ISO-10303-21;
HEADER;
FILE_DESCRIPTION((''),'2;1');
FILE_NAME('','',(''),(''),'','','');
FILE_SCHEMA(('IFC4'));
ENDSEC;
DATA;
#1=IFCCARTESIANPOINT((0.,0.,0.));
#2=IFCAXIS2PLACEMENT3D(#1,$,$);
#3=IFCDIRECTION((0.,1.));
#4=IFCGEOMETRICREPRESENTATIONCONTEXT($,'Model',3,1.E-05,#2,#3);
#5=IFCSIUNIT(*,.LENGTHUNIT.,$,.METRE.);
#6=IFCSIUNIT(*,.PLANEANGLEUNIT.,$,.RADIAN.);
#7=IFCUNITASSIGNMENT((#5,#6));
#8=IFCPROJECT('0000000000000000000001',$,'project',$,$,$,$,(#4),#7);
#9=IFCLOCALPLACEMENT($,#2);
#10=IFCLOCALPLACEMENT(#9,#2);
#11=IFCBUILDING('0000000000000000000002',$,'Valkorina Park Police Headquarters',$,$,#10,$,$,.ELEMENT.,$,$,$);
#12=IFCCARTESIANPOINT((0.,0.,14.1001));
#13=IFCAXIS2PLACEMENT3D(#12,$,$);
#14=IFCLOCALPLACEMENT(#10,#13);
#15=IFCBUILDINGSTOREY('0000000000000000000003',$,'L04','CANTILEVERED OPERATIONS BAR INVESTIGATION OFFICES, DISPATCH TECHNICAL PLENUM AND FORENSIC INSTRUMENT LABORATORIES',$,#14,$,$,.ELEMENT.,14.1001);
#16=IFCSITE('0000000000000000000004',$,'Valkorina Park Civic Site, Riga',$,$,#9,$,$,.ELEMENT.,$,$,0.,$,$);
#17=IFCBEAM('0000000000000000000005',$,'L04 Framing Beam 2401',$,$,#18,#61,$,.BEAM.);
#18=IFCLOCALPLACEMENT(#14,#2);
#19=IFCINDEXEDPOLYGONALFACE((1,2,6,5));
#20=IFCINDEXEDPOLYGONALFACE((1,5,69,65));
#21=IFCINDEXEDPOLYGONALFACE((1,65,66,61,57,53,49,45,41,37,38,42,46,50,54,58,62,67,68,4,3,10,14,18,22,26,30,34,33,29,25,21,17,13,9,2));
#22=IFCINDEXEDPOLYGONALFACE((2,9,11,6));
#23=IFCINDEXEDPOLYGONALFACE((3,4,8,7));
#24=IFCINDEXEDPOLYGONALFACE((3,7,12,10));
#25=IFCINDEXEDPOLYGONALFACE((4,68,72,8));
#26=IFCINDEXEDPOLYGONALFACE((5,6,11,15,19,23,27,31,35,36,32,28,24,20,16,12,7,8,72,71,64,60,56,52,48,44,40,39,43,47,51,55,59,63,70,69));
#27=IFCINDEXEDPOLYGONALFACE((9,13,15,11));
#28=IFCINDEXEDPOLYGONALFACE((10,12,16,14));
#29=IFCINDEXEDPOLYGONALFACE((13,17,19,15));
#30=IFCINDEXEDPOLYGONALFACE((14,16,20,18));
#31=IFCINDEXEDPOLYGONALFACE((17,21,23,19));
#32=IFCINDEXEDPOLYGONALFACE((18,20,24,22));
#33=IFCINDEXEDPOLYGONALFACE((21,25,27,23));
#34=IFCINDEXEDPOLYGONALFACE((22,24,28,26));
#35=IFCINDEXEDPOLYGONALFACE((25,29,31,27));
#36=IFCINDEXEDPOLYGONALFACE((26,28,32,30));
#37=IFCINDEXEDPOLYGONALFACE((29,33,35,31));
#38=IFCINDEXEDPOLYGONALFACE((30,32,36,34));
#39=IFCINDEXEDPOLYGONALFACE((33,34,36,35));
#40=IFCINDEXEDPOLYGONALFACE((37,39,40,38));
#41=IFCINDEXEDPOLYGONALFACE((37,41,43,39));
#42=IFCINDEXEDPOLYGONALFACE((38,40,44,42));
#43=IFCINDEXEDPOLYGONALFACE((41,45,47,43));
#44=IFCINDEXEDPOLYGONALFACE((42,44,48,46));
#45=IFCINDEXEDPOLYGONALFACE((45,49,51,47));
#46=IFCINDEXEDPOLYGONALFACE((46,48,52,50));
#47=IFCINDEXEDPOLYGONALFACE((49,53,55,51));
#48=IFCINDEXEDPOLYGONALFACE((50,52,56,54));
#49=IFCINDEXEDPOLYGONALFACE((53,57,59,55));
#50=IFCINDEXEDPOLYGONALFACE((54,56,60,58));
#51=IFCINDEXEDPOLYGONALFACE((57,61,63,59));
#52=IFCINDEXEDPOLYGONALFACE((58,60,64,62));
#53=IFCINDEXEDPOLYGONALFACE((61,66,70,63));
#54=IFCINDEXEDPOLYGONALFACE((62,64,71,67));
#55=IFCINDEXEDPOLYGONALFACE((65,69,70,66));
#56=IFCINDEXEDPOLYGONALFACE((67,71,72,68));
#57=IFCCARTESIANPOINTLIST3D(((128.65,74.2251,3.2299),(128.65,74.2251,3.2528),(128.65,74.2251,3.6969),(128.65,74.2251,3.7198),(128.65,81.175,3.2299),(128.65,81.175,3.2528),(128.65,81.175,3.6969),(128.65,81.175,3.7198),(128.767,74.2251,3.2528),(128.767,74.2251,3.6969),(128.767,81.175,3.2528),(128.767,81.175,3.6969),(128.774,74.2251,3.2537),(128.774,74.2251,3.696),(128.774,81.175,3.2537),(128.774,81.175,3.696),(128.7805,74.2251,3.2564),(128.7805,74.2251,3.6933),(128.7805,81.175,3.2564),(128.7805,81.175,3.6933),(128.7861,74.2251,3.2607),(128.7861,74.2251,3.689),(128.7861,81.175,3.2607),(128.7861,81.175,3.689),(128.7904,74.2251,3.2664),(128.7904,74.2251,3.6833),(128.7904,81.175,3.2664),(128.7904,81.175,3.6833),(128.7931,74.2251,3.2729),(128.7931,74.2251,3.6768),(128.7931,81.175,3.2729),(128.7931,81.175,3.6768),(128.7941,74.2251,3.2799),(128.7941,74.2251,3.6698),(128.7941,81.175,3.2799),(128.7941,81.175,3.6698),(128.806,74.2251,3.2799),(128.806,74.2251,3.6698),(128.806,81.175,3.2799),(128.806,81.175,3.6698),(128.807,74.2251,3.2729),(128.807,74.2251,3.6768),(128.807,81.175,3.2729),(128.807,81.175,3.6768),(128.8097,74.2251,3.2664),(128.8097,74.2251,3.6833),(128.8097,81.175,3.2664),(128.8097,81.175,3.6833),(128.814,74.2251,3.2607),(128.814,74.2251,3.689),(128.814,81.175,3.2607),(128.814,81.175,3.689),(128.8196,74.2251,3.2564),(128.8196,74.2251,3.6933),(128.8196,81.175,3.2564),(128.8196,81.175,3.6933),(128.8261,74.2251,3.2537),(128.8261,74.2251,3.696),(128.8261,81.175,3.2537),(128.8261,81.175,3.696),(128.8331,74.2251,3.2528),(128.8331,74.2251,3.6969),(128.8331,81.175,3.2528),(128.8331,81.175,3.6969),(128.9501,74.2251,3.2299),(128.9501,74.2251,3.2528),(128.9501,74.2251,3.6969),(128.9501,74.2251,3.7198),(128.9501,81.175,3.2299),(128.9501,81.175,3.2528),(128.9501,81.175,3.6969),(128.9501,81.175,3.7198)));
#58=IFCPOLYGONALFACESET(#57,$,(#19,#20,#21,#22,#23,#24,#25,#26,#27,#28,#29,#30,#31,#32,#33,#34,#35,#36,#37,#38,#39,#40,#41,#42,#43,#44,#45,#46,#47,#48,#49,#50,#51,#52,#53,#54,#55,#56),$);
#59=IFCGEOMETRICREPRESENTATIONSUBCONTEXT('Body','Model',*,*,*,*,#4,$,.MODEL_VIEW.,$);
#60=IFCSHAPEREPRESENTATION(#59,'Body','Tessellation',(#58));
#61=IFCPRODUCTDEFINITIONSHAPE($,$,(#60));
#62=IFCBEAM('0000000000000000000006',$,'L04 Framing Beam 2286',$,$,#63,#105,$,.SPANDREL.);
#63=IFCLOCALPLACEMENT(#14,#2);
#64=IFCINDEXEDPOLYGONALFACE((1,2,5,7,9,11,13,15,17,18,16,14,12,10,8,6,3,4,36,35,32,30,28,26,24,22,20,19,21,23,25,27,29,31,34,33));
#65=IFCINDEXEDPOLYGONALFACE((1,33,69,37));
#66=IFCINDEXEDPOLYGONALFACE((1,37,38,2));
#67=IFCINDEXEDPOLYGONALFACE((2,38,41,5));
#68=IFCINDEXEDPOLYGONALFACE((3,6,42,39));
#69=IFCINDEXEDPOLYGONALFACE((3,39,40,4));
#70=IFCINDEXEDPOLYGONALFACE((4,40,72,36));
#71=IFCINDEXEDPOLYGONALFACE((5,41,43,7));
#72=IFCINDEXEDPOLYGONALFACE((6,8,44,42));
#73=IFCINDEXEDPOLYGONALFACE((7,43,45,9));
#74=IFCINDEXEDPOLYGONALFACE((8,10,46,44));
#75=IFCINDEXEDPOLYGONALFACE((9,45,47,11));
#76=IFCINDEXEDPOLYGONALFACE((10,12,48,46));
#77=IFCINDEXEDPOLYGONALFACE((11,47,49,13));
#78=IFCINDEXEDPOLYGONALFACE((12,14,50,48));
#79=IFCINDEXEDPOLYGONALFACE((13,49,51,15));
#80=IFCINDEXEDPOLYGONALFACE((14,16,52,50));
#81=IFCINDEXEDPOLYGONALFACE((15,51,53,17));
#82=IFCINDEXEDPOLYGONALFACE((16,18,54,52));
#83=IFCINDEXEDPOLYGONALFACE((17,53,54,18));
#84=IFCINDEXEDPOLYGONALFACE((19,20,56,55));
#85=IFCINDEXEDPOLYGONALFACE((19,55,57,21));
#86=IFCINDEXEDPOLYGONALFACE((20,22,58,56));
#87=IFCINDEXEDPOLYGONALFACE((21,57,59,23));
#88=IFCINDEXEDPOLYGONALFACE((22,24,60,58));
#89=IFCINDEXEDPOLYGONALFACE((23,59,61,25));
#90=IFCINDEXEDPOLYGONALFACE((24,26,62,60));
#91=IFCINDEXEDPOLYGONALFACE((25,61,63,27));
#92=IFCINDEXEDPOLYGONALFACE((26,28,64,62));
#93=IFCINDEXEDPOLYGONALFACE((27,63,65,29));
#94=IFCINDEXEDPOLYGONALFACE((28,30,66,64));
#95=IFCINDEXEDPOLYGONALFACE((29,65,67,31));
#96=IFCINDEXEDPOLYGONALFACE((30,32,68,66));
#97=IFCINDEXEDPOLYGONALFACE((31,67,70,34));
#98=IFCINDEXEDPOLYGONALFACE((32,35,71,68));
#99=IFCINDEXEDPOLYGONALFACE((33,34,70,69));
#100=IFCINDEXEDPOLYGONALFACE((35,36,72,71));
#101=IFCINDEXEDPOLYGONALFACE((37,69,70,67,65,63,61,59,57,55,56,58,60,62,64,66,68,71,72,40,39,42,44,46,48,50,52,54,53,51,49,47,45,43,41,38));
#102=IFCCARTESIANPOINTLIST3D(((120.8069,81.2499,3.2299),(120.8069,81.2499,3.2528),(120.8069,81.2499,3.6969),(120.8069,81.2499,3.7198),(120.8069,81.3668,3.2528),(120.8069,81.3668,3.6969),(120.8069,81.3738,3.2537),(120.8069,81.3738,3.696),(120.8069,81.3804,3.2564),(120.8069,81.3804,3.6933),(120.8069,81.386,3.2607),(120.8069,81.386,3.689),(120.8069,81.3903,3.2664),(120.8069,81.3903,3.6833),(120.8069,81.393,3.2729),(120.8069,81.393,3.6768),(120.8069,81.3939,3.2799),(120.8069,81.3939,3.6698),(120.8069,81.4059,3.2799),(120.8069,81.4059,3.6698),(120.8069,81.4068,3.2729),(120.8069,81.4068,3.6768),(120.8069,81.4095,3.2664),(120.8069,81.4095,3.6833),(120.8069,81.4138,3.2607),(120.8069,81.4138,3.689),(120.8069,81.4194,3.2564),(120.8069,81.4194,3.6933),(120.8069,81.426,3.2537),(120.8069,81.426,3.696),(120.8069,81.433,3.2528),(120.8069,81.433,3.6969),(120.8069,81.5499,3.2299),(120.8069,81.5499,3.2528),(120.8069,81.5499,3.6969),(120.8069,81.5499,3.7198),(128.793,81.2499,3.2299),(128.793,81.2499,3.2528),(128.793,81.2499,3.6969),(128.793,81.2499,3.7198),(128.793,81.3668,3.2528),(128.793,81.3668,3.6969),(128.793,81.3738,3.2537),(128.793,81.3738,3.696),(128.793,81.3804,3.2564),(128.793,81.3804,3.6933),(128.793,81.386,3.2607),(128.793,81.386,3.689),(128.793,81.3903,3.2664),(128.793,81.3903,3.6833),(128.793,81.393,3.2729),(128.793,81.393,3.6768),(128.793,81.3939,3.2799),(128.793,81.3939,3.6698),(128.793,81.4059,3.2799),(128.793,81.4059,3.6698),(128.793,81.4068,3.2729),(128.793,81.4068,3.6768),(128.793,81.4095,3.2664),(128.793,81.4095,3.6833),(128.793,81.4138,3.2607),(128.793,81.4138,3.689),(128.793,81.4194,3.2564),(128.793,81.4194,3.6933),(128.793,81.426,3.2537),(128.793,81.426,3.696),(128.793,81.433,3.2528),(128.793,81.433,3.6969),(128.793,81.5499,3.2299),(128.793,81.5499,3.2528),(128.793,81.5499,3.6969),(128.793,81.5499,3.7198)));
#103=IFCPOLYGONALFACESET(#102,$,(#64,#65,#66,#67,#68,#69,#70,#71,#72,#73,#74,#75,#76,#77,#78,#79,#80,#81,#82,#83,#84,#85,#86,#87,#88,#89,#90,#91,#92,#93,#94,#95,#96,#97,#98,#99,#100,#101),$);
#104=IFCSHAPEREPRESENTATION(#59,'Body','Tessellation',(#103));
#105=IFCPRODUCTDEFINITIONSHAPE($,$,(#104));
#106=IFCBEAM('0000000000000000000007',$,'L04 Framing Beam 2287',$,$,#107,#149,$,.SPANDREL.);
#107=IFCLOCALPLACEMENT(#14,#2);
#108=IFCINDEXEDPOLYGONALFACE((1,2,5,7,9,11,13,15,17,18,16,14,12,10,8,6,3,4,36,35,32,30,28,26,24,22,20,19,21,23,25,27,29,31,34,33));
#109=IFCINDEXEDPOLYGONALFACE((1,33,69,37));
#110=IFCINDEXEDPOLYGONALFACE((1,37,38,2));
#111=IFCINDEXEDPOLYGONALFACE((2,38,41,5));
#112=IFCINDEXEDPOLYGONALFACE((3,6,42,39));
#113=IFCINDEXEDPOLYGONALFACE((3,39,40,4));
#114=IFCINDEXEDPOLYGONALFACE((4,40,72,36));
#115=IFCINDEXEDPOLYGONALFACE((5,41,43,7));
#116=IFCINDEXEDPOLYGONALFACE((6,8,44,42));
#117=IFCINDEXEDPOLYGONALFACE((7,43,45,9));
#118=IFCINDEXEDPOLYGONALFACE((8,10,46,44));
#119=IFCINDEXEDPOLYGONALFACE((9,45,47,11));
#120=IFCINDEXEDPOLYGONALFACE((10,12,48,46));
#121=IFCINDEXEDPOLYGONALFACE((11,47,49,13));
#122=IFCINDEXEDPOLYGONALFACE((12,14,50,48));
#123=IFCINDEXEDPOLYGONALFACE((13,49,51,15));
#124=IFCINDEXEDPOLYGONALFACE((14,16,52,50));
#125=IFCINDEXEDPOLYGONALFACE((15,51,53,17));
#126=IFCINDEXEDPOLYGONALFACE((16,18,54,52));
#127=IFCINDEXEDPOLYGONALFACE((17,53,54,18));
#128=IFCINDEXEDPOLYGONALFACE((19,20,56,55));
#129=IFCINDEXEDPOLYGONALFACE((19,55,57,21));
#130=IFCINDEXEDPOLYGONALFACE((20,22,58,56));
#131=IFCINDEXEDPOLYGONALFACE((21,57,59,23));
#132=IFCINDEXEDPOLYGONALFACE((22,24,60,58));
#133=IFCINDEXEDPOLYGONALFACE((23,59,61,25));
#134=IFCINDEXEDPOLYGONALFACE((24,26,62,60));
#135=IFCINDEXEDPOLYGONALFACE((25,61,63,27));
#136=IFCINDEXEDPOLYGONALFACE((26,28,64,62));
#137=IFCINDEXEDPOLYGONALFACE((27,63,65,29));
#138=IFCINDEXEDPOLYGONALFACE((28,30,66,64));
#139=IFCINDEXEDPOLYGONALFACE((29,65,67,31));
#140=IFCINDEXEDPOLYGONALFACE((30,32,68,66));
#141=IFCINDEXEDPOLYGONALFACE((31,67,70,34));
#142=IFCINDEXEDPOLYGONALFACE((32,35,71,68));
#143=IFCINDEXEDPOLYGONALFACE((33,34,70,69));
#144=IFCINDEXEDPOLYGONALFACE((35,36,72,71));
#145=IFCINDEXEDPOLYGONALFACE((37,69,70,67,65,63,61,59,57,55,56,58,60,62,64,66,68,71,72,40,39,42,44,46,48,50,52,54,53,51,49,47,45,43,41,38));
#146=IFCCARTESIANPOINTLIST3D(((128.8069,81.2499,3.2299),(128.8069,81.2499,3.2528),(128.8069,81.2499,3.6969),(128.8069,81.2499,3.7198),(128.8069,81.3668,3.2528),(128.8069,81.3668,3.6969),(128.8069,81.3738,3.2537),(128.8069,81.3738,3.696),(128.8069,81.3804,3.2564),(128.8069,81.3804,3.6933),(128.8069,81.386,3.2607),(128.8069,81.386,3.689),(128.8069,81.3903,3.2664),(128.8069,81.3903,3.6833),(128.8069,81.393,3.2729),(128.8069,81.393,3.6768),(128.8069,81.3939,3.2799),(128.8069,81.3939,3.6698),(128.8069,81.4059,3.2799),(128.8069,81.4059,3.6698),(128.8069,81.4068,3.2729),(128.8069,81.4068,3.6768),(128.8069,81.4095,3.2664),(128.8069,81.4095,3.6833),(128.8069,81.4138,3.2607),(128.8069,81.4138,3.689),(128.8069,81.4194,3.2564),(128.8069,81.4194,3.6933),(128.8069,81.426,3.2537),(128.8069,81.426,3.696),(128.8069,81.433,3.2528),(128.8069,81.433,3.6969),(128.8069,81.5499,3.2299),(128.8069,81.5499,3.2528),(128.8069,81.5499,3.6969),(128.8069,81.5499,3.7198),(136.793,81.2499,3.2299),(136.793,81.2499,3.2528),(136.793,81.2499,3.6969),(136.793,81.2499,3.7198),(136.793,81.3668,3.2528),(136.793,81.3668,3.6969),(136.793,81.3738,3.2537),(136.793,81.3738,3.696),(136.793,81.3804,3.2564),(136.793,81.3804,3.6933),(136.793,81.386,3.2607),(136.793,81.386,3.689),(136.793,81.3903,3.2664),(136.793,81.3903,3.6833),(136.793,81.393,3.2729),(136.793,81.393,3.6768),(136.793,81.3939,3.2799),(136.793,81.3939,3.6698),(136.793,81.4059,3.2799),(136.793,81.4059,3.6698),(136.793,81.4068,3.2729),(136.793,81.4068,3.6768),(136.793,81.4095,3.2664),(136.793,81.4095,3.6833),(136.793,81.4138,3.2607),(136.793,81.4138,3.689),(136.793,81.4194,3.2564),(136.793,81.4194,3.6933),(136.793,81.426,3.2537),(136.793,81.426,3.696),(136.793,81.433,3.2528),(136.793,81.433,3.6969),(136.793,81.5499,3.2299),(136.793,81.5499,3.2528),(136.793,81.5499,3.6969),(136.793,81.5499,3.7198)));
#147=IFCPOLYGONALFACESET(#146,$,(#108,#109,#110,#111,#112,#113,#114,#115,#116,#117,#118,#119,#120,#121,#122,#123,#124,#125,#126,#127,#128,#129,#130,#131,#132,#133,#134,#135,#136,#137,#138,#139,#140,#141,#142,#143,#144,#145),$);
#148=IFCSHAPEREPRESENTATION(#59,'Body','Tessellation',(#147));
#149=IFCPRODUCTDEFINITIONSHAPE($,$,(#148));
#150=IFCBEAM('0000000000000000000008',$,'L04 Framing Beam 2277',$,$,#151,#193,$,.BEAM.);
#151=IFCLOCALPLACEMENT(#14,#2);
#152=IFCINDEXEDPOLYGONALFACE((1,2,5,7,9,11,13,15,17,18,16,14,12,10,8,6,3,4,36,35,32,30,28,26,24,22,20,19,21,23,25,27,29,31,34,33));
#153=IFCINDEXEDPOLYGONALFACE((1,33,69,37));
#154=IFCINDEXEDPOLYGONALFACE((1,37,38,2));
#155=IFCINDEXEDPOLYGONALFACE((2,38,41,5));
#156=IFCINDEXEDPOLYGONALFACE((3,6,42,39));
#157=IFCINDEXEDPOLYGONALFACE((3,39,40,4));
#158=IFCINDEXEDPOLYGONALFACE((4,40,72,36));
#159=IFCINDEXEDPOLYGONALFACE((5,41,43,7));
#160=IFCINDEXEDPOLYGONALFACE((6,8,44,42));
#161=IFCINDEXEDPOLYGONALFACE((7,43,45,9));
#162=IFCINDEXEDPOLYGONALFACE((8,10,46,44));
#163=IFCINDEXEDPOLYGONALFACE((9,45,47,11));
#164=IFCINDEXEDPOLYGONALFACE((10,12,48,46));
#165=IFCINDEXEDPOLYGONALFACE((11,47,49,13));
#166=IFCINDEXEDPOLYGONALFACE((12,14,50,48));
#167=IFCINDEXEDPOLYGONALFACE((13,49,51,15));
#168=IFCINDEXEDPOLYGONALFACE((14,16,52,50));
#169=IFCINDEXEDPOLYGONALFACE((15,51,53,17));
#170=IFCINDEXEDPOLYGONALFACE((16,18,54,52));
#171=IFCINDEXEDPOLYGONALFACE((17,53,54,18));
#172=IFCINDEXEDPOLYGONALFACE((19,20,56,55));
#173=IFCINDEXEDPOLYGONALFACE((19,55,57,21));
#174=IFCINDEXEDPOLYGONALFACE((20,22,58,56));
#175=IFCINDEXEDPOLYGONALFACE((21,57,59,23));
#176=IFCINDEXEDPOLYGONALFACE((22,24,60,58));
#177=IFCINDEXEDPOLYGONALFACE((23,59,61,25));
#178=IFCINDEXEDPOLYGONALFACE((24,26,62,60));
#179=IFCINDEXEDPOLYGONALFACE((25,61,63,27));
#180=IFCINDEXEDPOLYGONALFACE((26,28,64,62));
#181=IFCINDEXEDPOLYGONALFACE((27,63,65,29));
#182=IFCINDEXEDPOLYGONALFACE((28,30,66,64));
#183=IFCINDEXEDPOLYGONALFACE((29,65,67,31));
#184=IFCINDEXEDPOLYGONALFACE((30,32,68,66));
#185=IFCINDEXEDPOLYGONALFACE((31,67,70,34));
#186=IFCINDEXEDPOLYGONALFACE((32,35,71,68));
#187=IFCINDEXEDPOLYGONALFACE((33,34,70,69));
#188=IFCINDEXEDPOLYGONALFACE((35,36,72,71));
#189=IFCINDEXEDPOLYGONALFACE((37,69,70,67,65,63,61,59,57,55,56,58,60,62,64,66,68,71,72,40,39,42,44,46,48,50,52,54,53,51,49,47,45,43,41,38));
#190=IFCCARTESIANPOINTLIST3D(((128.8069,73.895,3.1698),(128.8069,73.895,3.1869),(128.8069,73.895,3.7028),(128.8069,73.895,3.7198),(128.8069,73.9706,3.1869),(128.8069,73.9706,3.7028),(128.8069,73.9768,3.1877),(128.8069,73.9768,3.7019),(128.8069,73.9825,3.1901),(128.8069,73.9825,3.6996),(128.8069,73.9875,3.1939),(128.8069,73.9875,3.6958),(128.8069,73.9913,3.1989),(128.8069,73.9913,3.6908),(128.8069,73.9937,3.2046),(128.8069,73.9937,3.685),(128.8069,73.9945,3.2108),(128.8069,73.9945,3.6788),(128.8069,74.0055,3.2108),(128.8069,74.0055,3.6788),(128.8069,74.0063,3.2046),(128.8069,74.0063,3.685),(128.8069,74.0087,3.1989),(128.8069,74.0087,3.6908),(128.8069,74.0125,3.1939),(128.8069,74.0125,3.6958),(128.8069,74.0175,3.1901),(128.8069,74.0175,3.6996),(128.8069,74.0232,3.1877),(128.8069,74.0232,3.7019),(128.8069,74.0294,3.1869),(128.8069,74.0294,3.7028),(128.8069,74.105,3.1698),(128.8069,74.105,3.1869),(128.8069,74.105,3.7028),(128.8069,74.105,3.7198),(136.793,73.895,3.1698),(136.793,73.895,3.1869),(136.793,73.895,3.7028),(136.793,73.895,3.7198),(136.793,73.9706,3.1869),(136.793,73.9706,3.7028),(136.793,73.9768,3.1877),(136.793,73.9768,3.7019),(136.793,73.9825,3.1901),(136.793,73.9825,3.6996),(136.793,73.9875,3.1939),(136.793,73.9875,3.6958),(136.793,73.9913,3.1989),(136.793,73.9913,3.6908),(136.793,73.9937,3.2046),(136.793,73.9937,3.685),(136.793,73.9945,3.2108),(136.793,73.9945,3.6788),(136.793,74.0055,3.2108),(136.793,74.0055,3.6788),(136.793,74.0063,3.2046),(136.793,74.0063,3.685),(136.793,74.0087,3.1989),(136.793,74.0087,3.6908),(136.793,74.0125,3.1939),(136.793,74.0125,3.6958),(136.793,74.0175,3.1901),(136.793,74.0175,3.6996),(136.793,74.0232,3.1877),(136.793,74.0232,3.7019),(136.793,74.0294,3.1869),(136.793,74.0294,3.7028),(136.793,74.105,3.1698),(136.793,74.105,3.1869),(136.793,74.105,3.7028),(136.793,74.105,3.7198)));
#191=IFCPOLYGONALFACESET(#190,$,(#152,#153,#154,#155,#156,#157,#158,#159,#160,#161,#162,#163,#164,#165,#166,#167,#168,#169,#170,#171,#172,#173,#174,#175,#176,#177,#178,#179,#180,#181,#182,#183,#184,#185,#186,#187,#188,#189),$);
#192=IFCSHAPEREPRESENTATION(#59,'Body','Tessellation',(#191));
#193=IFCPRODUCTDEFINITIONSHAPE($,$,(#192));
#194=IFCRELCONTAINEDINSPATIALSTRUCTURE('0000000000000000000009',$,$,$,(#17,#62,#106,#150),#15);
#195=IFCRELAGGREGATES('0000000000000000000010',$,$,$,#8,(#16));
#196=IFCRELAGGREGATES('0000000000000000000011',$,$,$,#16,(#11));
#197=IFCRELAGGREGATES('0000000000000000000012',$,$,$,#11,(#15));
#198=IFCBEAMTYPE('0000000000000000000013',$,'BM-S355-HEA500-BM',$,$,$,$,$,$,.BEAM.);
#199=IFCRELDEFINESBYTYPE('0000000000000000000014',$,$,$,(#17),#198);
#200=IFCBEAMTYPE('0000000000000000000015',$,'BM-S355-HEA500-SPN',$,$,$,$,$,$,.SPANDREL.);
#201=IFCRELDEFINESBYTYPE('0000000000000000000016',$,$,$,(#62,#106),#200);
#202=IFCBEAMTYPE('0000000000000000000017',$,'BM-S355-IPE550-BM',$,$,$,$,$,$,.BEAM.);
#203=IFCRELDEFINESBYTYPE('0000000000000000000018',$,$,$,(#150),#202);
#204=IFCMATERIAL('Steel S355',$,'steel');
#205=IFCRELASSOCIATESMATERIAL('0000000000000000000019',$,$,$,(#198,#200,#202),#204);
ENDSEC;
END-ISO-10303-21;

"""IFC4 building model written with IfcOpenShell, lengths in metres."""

from ifc_helpers import new_model, si_unit, direction, frame, origin, origin_2d, place, context, subcontext, project, spatial, i_section, extrude, material, material_profile, profile_set, type_object, element, save


model = new_model("IFC4")

# Units and contexts
model_context = context("Model", 3, precision=1e-05, world=origin(), true_north=direction((0.0, 1.0)))
body_context = subcontext(model_context, "Body", "Model", "MODEL_VIEW")
ifc_project = project(units=[si_unit("LENGTHUNIT", "METRE"), si_unit("PLANEANGLEUNIT", "RADIAN")], contexts=[model_context])

# Site, building, storey
site_placement = place(None, origin())
site = spatial("IfcSite", under=ifc_project, at=site_placement, Name="Valkorina Park Civic Site, Riga", CompositionType="ELEMENT", RefElevation=0.0)
building_placement = place(site_placement, origin())
building = spatial("IfcBuilding", under=site, at=building_placement, Name="Valkorina Park Police Headquarters", CompositionType="ELEMENT")
storey_placement = place(building_placement, frame((0.0, 0.0, 14.1001)))
storey = spatial("IfcBuildingStorey", under=building, at=storey_placement, Name="L04", Description="CANTILEVERED OPERATIONS BAR INVESTIGATION OFFICES, DISPATCH TECHNICAL PLENUM AND FORENSIC INSTRUMENT LABORATORIES", CompositionType="ELEMENT", Elevation=14.1001)

# Shared definitions
ifc_material_1 = material(Name="Steel S355", Category="steel")

# Beams
ifc_material_profile_1 = material_profile(ifc_material_1, i_section(OverallWidth=0.3, OverallDepth=0.49, WebThickness=0.012, FlangeThickness=0.0229, FilletRadius=0.0271, at=origin_2d()), Name="HEA 500")
ifc_profile_set_1 = profile_set([ifc_material_profile_1], Name="Steel S355")
beam_type_1 = type_object("IfcBeamType", Name="BM-S355-HEA500-BM", PredefinedType="BEAM", material=ifc_profile_set_1)
beam_1_placement = place(storey_placement, frame((128.8, 74.2251, 3.4749), z_axis=(0.0, 1.0, 0.0), x_axis=(-1.0, 0.0, 0.0)))
element("IfcBeam", 1, at=beam_1_placement, inside=storey, type_object=beam_type_1, Name="L04 Framing Beam 2401", PredefinedType="BEAM", context=body_context, shape_type="SweptSolid", body=[
    extrude(i_section(OverallWidth=0.3, OverallDepth=0.49, WebThickness=0.012, FlangeThickness=0.0229, FilletRadius=0.0271, at=origin_2d()), origin(), (0.0, 0.0, 1.0), 6.95),
])
ifc_material_profile_2 = material_profile(ifc_material_1, i_section(OverallWidth=0.3, OverallDepth=0.49, WebThickness=0.012, FlangeThickness=0.0229, FilletRadius=0.0271, at=origin_2d()), Name="HEA 500")
ifc_profile_set_2 = profile_set([ifc_material_profile_2], Name="Steel S355")
beam_type_2 = type_object("IfcBeamType", Name="BM-S355-HEA500-SPN", PredefinedType="SPANDREL", material=ifc_profile_set_2)
for number, where, z_axis, x_axis, name in (
    (2, (120.8069, 81.3999, 3.4749), (1.0, 0.0, 0.0), (0.0, 1.0, 0.0), "L04 Framing Beam 2286"),
    (3, (128.8069, 81.3999, 3.4749), (1.0, 0.0, 0.0), (0.0, 1.0, 0.0), "L04 Framing Beam 2287"),
):
    element("IfcBeam", number, at=place(storey_placement, frame(where, z_axis=z_axis, x_axis=x_axis)), inside=storey, type_object=beam_type_2, Name=name, PredefinedType="SPANDREL", context=body_context, shape_type="SweptSolid", body=[
        extrude(i_section(OverallWidth=0.3, OverallDepth=0.49, WebThickness=0.012, FlangeThickness=0.0229, FilletRadius=0.0271, at=origin_2d()), origin(), (0.0, 0.0, 1.0), 7.9861),
    ])
ifc_material_profile_3 = material_profile(ifc_material_1, i_section(OverallWidth=0.21, OverallDepth=0.55, WebThickness=0.011, FlangeThickness=0.0171, FilletRadius=0.0239, at=origin_2d()), Name="IPE 550")
ifc_profile_set_3 = profile_set([ifc_material_profile_3], Name="Steel S355")
beam_type_3 = type_object("IfcBeamType", Name="BM-S355-IPE550-BM", PredefinedType="BEAM", material=ifc_profile_set_3)
beam_2_placement = place(storey_placement, frame((128.8069, 74.0, 3.4448), z_axis=(1.0, 0.0, 0.0), x_axis=(0.0, 1.0, 0.0)))
element("IfcBeam", 4, at=beam_2_placement, inside=storey, type_object=beam_type_3, Name="L04 Framing Beam 2277", PredefinedType="BEAM", context=body_context, shape_type="SweptSolid", body=[
    extrude(i_section(OverallWidth=0.21, OverallDepth=0.55, WebThickness=0.011, FlangeThickness=0.0171, FilletRadius=0.0239, at=origin_2d()), origin(), (0.0, 0.0, 1.0), 7.9861),
])

save(model, "model.ifc")
